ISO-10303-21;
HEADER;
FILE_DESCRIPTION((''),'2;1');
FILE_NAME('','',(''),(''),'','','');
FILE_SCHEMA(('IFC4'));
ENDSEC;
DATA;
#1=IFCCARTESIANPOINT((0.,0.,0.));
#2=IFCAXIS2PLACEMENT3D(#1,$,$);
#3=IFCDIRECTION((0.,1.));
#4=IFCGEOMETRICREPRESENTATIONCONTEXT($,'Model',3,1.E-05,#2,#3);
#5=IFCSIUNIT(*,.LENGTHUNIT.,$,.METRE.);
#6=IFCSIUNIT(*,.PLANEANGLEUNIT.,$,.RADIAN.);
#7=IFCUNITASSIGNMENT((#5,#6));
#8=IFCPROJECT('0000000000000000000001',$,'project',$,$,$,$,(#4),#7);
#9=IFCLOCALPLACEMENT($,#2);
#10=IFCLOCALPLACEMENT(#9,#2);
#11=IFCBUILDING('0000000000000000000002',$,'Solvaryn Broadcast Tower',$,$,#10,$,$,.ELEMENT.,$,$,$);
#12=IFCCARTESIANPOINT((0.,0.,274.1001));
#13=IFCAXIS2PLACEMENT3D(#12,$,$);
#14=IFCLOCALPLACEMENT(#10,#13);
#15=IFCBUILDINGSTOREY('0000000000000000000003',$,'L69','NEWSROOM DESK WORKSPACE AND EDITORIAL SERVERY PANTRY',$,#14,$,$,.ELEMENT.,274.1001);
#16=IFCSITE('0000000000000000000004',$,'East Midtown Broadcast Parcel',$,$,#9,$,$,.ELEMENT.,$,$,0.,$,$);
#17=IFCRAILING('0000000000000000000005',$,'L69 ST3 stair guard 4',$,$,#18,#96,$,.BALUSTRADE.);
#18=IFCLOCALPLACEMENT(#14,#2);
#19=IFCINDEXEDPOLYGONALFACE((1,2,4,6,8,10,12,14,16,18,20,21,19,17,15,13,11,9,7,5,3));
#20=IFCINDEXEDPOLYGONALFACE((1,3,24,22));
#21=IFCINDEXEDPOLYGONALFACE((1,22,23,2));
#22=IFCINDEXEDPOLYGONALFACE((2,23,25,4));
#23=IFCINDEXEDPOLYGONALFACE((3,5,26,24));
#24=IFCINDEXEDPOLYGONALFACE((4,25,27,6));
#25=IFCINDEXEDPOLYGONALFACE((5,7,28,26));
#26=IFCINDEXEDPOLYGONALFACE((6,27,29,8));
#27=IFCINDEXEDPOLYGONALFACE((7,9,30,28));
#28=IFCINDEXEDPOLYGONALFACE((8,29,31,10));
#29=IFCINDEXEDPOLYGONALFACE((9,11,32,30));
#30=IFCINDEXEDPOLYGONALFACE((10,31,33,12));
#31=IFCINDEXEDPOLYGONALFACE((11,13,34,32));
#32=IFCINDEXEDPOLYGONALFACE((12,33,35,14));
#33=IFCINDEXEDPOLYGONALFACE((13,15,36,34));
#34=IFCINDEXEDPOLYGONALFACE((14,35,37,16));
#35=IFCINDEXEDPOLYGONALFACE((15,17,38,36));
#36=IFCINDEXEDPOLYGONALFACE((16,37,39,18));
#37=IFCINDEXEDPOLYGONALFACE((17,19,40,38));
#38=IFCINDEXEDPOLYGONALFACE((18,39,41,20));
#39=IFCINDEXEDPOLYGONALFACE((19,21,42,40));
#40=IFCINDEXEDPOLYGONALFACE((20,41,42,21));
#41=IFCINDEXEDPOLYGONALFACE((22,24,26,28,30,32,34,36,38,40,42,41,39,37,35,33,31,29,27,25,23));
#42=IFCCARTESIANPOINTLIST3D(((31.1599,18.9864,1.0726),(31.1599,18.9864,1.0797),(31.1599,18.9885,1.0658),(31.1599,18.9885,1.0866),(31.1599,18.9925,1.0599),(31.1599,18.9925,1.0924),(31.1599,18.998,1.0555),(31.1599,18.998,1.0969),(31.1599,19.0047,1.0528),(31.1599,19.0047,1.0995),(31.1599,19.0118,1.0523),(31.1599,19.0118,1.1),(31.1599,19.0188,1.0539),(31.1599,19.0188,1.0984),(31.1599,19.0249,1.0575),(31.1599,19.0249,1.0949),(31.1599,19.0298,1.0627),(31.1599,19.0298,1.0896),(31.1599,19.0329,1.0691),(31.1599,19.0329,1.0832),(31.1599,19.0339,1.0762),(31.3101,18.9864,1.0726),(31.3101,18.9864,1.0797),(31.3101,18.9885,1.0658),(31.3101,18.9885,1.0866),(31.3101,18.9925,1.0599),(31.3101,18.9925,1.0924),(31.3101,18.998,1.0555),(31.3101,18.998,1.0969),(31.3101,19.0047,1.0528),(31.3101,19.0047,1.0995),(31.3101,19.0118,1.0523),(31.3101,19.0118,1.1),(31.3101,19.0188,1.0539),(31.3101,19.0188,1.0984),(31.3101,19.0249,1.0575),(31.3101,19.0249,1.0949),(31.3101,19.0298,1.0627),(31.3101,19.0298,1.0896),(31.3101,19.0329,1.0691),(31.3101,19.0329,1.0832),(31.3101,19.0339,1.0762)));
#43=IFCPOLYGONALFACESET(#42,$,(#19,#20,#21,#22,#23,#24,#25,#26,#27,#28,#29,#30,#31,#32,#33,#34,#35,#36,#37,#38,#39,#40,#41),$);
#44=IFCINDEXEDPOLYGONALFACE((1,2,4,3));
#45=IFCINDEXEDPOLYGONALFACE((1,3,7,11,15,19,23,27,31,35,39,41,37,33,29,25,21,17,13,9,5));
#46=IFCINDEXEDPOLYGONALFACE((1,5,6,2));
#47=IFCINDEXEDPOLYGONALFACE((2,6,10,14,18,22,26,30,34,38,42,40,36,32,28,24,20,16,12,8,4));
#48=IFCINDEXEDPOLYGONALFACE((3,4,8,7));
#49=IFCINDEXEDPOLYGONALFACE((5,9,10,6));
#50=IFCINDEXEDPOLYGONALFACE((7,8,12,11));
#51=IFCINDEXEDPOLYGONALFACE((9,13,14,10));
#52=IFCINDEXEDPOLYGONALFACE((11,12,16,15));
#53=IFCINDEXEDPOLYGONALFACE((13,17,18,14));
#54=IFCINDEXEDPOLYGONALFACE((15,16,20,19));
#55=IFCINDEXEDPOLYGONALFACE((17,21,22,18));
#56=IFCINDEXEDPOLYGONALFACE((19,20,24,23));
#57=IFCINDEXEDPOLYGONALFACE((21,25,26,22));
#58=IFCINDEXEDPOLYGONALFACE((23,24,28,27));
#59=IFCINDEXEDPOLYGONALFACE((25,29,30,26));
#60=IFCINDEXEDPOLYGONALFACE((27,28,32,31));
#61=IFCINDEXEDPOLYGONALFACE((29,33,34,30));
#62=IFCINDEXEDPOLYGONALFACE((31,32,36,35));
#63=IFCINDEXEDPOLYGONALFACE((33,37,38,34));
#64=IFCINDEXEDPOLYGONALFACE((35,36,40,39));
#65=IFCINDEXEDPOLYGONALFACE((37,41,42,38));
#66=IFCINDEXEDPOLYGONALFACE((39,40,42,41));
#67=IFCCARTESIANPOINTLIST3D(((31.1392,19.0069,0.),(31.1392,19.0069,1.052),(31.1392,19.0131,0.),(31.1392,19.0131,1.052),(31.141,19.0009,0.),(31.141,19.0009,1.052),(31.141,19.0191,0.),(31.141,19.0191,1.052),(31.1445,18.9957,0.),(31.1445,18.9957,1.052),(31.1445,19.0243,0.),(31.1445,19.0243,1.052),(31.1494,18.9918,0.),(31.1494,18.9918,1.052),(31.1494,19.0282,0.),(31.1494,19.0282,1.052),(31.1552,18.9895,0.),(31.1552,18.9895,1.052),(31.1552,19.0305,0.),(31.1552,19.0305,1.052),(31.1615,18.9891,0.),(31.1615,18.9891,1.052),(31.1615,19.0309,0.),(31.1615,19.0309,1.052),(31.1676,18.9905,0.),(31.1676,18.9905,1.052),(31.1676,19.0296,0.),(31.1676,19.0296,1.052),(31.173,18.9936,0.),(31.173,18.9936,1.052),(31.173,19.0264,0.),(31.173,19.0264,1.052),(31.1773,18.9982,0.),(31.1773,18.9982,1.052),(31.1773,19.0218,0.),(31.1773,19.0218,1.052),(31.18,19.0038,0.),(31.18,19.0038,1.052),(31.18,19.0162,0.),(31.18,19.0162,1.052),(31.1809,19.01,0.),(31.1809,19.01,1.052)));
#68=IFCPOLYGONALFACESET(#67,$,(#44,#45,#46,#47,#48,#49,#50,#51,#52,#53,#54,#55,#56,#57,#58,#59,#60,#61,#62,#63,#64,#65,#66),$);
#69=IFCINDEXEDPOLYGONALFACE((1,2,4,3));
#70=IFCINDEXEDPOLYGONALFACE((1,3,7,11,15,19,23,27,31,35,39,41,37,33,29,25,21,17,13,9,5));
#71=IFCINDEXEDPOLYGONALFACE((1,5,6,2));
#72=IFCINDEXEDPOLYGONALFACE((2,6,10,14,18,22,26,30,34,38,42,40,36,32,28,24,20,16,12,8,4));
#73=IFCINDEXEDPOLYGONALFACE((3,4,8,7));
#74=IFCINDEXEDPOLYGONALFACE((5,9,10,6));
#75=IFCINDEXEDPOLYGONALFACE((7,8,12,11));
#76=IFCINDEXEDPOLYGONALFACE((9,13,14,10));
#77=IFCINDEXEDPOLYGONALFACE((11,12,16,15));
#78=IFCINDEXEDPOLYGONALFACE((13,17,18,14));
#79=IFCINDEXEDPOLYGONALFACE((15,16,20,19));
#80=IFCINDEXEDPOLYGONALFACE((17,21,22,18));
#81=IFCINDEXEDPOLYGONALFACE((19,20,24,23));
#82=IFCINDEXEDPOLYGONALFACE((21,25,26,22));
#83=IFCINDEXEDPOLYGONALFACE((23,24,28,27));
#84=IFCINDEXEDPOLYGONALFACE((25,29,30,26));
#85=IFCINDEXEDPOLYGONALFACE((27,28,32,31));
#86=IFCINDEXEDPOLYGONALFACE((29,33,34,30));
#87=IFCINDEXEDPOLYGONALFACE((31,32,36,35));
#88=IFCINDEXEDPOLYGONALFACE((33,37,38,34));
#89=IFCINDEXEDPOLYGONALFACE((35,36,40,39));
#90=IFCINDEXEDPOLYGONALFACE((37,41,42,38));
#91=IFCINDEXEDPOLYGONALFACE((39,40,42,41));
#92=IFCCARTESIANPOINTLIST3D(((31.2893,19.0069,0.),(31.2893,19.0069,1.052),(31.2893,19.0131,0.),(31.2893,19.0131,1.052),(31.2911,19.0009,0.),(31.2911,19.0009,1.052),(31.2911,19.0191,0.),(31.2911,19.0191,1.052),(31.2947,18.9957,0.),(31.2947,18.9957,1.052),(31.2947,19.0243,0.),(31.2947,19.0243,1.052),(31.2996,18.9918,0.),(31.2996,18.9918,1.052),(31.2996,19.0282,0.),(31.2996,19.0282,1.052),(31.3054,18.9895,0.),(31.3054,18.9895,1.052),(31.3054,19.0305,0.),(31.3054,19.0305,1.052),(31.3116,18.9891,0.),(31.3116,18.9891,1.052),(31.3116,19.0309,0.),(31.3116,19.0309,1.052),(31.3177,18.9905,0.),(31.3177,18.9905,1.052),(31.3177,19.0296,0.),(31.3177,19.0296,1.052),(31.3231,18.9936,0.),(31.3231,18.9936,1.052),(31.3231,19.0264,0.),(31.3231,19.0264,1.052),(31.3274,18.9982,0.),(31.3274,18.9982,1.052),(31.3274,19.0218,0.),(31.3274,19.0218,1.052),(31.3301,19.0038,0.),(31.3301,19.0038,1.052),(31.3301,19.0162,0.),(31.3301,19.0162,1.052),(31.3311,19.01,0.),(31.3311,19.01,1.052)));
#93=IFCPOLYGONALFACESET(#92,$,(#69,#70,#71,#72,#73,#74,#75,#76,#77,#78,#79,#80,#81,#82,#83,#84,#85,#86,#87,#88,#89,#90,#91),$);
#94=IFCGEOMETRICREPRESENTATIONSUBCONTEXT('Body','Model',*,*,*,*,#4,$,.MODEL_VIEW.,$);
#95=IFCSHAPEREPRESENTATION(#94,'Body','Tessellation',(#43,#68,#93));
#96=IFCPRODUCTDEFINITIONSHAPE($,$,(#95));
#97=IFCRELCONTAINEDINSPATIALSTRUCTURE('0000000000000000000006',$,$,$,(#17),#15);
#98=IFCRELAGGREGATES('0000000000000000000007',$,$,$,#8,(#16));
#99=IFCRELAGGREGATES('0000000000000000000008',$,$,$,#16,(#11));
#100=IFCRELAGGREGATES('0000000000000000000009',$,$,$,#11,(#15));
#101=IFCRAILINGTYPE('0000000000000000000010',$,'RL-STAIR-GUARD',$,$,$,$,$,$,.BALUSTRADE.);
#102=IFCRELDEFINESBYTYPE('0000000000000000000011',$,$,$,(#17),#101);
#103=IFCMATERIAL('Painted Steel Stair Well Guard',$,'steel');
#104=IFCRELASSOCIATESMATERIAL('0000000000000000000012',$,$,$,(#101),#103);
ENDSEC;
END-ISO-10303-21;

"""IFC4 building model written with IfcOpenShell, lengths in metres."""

from ifc_helpers import new_model, si_unit, direction, frame, origin, origin_2d, place, context, subcontext, project, spatial, circle, extrude, material, type_object, element, save


model = new_model("IFC4")

# Units and contexts
model_context = context("Model", 3, precision=1e-05, world=origin(), true_north=direction((0.0, 1.0)))
body_context = subcontext(model_context, "Body", "Model", "MODEL_VIEW")
ifc_project = project(units=[si_unit("LENGTHUNIT", "METRE"), si_unit("PLANEANGLEUNIT", "RADIAN")], contexts=[model_context])

# Site, building, storey
site_placement = place(None, origin())
site = spatial("IfcSite", under=ifc_project, at=site_placement, Name="East Midtown Broadcast Parcel", CompositionType="ELEMENT", RefElevation=0.0)
building_placement = place(site_placement, origin())
building = spatial("IfcBuilding", under=site, at=building_placement, Name="Solvaryn Broadcast Tower", CompositionType="ELEMENT")
storey_placement = place(building_placement, frame((0.0, 0.0, 274.1001)))
storey = spatial("IfcBuildingStorey", under=building, at=storey_placement, Name="L69", Description="NEWSROOM DESK WORKSPACE AND EDITORIAL SERVERY PANTRY", CompositionType="ELEMENT", Elevation=274.1001)

# Railing
ifc_material_1 = material(Name="Painted Steel Stair Well Guard", Category="steel")
railing_type_1 = type_object("IfcRailingType", Name="RL-STAIR-GUARD", PredefinedType="BALUSTRADE", material=ifc_material_1)
railing_1_placement = place(storey_placement, frame((31.1599, 19.01, 0.0)))
element("IfcRailing", 1, at=railing_1_placement, inside=storey, type_object=railing_type_1, Name="L69 ST3 stair guard 4", PredefinedType="BALUSTRADE", context=body_context, shape_type="SweptSolid", body=[
    extrude(circle(Radius=0.0239, at=origin_2d()), frame((0.0, 0.0, 1.0762), z_axis=(1.0, 0.0, 0.0), x_axis=(0.0, 1.0, 0.0)), (0.0, 0.0, 1.0), 0.1501),
    extrude(circle(Radius=0.021, at=origin_2d()), origin(), (0.0, 0.0, 1.0), 1.052),
    extrude(circle(Radius=0.021, at=origin_2d()), frame((0.1501, 0.0, 0.0)), (0.0, 0.0, 1.0), 1.052),
])

save(model, "model.ifc")
